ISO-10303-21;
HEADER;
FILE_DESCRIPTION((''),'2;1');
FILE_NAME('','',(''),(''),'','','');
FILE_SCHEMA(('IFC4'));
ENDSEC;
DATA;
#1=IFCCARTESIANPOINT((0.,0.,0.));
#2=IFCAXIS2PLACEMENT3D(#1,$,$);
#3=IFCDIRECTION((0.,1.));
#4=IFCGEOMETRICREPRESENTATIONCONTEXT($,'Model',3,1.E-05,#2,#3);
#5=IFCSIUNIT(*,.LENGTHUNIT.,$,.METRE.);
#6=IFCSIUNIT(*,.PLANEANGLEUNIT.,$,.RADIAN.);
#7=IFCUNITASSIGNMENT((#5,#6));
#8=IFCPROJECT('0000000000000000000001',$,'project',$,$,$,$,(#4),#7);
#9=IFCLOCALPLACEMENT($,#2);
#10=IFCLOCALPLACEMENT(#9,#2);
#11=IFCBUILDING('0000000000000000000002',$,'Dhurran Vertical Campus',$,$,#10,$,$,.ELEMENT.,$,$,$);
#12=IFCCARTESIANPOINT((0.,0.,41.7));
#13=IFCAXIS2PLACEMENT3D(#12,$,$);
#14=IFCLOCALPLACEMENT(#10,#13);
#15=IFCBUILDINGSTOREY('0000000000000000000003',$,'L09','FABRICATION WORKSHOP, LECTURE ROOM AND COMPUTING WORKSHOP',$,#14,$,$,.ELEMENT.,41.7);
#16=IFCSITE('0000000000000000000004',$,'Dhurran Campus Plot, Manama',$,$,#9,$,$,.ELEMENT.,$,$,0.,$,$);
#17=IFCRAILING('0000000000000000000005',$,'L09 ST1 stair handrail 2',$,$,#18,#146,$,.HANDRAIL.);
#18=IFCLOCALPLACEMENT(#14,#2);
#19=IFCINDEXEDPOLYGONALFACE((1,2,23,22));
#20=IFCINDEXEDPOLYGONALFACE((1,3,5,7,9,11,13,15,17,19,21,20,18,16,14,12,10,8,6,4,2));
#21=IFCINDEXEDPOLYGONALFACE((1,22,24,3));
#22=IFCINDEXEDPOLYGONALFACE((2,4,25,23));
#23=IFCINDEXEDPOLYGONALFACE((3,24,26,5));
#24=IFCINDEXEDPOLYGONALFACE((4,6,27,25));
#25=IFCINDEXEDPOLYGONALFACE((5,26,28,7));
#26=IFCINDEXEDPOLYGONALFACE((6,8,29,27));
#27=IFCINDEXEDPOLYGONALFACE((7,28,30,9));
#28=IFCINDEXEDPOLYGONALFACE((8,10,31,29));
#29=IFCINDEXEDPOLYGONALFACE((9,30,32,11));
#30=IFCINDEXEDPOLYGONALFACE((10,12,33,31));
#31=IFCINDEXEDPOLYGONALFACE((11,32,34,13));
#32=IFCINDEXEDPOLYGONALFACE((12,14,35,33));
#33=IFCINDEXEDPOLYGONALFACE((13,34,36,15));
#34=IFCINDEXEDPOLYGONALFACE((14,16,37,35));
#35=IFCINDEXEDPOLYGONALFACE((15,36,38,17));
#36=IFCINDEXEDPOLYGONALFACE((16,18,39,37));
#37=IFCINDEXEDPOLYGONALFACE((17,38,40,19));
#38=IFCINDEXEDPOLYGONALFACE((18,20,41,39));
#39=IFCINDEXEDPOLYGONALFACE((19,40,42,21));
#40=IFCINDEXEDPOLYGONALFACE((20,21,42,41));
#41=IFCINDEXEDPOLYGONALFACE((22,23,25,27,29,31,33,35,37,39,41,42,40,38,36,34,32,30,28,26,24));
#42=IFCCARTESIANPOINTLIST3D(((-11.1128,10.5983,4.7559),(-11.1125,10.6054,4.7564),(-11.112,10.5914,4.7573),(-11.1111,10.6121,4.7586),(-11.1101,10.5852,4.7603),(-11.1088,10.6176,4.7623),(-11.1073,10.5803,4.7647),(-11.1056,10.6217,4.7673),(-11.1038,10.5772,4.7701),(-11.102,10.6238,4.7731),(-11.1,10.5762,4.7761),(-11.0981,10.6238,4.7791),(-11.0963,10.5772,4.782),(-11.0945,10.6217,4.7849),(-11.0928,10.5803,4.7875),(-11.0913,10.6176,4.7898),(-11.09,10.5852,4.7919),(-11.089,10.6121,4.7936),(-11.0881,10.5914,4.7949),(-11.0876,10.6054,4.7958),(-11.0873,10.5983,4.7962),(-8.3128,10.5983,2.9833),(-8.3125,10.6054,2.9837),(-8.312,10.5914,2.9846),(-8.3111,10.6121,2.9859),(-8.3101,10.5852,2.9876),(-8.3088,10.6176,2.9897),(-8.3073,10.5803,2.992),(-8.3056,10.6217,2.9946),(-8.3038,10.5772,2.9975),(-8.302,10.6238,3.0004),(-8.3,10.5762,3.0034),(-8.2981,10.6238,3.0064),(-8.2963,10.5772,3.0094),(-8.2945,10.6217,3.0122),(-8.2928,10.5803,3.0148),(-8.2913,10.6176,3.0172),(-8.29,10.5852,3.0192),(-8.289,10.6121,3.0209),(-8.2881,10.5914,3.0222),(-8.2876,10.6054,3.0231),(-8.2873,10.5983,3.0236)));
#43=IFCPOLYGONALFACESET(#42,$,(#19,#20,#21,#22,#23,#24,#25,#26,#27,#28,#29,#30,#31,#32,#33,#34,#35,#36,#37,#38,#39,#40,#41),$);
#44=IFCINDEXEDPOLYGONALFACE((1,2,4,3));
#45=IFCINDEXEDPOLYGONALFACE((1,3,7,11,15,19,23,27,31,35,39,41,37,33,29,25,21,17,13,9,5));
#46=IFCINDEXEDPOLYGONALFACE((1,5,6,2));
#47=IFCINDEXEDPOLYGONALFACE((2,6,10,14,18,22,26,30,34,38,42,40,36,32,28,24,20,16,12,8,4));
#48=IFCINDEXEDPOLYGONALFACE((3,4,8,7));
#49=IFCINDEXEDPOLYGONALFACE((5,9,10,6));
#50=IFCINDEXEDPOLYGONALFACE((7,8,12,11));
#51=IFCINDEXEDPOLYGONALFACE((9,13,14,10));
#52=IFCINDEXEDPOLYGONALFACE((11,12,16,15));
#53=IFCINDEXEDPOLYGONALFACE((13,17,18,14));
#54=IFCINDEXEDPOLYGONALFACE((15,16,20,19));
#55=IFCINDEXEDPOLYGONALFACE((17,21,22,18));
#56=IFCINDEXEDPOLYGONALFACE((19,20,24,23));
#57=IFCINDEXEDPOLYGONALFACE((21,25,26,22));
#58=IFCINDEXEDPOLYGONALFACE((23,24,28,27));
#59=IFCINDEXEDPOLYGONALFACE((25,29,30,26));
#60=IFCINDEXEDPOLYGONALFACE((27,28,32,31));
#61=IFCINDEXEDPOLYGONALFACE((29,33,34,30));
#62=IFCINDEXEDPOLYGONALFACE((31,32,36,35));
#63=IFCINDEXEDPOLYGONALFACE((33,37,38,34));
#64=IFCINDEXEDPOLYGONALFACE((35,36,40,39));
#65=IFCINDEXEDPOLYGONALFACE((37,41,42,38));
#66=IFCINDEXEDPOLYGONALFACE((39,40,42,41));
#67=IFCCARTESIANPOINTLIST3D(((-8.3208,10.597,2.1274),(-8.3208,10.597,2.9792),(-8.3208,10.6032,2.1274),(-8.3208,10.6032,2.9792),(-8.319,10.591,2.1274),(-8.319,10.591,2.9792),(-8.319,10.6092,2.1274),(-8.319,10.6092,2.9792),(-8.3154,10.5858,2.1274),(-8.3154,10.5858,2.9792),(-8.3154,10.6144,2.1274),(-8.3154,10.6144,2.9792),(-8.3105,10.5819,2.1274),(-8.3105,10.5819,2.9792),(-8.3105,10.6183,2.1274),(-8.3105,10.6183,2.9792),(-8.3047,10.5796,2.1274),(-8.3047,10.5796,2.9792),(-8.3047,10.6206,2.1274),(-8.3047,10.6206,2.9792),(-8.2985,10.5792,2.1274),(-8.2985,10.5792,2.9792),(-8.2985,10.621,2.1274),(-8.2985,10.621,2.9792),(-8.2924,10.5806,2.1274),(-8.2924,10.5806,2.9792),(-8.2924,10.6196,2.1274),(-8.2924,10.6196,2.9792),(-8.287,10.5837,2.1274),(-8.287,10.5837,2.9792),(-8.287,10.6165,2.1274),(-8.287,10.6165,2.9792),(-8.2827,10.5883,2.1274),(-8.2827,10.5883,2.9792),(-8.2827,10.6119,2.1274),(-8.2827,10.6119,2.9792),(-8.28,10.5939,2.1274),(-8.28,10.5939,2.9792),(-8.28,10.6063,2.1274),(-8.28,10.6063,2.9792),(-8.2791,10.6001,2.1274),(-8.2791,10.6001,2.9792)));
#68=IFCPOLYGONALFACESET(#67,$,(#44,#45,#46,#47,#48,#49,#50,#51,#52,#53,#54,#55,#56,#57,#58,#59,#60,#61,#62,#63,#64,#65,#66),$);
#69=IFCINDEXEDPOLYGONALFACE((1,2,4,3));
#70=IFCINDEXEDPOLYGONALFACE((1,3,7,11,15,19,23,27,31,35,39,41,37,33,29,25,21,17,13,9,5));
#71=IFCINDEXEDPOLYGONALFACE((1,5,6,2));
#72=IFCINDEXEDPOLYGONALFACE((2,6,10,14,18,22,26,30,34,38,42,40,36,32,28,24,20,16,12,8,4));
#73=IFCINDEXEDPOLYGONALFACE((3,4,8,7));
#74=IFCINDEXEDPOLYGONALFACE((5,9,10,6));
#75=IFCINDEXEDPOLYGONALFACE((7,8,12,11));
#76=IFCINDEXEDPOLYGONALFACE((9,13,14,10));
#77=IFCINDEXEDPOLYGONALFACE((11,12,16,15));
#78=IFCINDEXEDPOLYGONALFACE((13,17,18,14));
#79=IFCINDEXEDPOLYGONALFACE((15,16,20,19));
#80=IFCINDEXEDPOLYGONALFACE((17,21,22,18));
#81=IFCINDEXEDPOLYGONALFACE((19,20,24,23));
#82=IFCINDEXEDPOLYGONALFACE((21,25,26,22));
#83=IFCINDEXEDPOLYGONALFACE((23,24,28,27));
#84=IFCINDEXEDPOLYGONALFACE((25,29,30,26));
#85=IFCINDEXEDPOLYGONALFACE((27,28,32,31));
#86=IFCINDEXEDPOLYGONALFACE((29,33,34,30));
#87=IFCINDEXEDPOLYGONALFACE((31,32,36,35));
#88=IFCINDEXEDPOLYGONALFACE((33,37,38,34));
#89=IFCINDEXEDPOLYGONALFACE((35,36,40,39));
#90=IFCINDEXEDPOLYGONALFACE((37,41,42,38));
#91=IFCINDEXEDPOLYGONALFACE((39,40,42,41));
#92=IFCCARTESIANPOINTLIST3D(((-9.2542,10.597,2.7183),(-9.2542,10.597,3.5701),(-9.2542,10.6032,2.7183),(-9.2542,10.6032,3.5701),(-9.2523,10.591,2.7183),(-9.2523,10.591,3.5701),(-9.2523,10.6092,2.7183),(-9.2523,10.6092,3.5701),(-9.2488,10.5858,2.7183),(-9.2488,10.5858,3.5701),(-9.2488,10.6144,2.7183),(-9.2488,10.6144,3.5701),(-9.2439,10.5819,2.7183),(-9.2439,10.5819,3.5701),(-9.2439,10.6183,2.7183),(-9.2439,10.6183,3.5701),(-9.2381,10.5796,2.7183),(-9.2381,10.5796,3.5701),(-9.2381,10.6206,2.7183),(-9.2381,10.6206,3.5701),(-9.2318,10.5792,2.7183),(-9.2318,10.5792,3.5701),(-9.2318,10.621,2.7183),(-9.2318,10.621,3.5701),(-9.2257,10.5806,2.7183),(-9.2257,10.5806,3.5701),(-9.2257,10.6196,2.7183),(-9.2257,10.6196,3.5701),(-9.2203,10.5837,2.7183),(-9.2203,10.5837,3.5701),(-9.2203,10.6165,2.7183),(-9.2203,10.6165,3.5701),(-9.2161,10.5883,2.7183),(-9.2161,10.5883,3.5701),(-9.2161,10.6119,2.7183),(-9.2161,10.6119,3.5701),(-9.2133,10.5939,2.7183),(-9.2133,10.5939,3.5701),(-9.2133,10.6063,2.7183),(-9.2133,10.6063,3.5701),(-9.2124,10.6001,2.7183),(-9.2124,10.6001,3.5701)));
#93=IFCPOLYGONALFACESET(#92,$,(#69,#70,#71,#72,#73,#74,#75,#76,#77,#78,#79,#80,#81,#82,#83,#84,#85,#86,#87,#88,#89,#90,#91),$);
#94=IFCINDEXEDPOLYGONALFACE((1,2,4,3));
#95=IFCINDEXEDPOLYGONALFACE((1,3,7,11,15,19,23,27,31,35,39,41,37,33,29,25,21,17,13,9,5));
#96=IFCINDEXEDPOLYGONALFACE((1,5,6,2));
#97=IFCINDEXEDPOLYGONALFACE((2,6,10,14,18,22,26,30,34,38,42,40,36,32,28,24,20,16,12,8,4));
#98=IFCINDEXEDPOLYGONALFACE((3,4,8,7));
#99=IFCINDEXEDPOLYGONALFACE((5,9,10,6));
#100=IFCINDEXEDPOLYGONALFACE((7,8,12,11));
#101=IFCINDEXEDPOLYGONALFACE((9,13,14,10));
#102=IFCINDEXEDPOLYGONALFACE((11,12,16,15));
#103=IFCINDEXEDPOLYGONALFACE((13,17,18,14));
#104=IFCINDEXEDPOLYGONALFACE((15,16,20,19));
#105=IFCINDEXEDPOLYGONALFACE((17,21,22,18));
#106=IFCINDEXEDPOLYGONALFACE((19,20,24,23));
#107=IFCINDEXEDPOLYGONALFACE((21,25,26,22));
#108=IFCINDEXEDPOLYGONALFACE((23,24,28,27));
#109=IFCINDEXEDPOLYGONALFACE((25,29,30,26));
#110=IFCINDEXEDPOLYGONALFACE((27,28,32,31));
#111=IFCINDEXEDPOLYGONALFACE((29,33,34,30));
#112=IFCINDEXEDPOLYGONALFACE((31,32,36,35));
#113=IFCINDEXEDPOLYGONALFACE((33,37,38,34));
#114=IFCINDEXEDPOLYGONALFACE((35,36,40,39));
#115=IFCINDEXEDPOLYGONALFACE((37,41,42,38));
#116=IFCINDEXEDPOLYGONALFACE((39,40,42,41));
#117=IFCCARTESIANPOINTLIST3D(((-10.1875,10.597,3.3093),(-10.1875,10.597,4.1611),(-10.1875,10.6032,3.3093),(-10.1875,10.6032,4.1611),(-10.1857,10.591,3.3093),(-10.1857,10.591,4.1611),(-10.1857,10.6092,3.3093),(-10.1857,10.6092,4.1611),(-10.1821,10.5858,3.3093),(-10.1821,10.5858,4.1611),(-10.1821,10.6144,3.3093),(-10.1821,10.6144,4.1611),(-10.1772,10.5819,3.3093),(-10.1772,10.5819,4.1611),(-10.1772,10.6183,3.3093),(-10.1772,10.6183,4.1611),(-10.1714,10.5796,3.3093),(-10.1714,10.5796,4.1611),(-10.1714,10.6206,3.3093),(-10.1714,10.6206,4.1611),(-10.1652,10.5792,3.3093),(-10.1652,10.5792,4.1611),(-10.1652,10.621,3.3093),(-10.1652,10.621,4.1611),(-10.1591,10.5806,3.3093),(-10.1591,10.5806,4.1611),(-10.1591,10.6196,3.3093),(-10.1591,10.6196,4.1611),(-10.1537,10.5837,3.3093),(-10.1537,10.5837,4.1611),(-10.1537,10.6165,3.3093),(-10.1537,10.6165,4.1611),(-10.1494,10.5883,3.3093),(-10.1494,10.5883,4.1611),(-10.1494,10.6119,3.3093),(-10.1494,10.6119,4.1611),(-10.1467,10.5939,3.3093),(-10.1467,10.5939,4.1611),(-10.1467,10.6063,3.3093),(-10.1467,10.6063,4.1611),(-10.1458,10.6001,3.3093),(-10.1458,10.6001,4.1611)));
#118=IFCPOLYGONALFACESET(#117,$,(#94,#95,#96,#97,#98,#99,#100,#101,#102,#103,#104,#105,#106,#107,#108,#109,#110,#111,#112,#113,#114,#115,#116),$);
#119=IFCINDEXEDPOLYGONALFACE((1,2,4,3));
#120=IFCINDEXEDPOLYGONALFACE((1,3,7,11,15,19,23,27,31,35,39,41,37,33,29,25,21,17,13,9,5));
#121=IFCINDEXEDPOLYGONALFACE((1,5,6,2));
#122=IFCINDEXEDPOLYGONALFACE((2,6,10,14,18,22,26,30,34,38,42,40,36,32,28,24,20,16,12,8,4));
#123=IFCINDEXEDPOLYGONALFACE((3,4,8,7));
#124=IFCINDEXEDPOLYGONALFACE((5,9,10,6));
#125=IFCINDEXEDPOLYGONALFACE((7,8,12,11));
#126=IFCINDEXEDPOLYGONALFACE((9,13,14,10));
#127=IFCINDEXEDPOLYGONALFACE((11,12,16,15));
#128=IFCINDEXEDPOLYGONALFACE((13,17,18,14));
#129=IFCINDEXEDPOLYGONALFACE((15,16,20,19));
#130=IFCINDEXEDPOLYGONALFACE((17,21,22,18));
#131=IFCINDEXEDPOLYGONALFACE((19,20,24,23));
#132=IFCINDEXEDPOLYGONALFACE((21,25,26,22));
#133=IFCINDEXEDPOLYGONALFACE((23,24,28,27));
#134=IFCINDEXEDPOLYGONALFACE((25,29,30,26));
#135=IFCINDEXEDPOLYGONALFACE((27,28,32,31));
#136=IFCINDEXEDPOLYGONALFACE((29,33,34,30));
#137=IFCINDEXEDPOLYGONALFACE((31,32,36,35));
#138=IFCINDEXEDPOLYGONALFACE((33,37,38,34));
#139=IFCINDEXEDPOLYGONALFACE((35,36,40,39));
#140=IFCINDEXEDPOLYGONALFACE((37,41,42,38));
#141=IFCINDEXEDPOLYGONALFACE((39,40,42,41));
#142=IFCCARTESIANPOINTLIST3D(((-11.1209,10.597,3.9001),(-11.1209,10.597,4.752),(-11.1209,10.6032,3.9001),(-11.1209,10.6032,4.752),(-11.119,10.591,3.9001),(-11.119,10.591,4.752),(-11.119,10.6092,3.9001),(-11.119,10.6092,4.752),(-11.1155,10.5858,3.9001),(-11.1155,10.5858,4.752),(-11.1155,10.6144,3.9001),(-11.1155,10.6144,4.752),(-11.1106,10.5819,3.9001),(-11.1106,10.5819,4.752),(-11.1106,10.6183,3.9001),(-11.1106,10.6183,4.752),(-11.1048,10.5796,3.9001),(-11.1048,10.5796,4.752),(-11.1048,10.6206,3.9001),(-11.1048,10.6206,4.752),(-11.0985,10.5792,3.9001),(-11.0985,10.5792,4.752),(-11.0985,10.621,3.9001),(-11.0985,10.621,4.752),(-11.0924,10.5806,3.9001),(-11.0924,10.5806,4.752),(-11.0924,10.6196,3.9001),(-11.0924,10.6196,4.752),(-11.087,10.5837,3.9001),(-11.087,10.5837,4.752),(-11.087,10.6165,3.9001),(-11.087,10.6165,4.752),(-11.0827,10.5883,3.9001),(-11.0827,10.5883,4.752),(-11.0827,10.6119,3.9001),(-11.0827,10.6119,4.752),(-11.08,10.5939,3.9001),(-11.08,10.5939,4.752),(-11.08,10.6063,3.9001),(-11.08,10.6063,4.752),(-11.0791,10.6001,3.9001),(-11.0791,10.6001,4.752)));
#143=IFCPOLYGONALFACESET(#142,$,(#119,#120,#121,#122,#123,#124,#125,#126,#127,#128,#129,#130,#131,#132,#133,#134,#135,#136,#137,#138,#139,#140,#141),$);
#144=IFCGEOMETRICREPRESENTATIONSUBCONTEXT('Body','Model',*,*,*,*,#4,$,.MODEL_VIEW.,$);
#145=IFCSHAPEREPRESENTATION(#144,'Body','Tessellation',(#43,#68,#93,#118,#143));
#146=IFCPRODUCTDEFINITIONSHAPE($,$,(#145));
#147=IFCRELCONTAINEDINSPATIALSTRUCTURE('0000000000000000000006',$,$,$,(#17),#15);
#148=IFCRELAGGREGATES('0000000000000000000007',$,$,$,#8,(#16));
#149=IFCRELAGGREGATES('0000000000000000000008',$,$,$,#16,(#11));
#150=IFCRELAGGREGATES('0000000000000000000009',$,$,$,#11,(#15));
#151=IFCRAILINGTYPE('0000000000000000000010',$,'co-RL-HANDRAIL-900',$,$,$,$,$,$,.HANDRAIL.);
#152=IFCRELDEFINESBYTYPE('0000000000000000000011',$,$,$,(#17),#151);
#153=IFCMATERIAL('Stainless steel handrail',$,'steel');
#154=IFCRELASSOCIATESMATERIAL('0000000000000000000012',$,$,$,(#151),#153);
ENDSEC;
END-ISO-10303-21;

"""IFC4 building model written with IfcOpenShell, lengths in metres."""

from ifc_helpers import new_model, si_unit, direction, frame, origin, origin_2d, place, context, subcontext, project, spatial, circle, extrude, material, type_object, element, save


model = new_model("IFC4")

# Units and contexts
model_context = context("Model", 3, precision=1e-05, world=origin(), true_north=direction((0.0, 1.0)))
body_context = subcontext(model_context, "Body", "Model", "MODEL_VIEW")
ifc_project = project(units=[si_unit("LENGTHUNIT", "METRE"), si_unit("PLANEANGLEUNIT", "RADIAN")], contexts=[model_context])

# Site, building, storey
site_placement = place(None, origin())
site = spatial("IfcSite", under=ifc_project, at=site_placement, Name="Dhurran Campus Plot, Manama", CompositionType="ELEMENT", RefElevation=0.0)
building_placement = place(site_placement, origin())
building = spatial("IfcBuilding", under=site, at=building_placement, Name="Dhurran Vertical Campus", CompositionType="ELEMENT")
storey_placement = place(building_placement, frame((0.0, 0.0, 41.7)))
storey = spatial("IfcBuildingStorey", under=building, at=storey_placement, Name="L09", Description="FABRICATION WORKSHOP, LECTURE ROOM AND COMPUTING WORKSHOP", CompositionType="ELEMENT", Elevation=41.7)

# Railing
ifc_material_1 = material(Name="Stainless steel handrail", Category="steel")
railing_type_1 = type_object("IfcRailingType", Name="co-RL-HANDRAIL-900", PredefinedType="HANDRAIL", material=ifc_material_1)
railing_1_placement = place(storey_placement, frame((-8.3, 10.6001, 2.1274)))
element("IfcRailing", 1, at=railing_1_placement, inside=storey, type_object=railing_type_1, Name="L09 ST1 stair handrail 2", PredefinedType="HANDRAIL", context=body_context, shape_type="SweptSolid", body=[
    extrude(circle(Radius=0.0239, at=origin_2d()), frame((0.0, 0.0, 0.876), z_axis=(-0.844909, 0.0, 0.53491), x_axis=(0.0, -1.0, 0.0)), (0.0, 0.0, 1.0), 3.314),
    extrude(circle(Radius=0.021, at=origin_2d()), origin(), (0.0, 0.0, 1.0), 0.8518),
    extrude(circle(Radius=0.021, at=origin_2d()), frame((-0.9333, 0.0, 0.5908)), (0.0, 0.0, 1.0), 0.8518),
    extrude(circle(Radius=0.021, at=origin_2d()), frame((-1.8667, 0.0, 1.1819)), (0.0, 0.0, 1.0), 0.8518),
    extrude(circle(Radius=0.021, at=origin_2d()), frame((-2.8, 0.0, 1.7727)), (0.0, 0.0, 1.0), 0.8518),
])

save(model, "model.ifc")
